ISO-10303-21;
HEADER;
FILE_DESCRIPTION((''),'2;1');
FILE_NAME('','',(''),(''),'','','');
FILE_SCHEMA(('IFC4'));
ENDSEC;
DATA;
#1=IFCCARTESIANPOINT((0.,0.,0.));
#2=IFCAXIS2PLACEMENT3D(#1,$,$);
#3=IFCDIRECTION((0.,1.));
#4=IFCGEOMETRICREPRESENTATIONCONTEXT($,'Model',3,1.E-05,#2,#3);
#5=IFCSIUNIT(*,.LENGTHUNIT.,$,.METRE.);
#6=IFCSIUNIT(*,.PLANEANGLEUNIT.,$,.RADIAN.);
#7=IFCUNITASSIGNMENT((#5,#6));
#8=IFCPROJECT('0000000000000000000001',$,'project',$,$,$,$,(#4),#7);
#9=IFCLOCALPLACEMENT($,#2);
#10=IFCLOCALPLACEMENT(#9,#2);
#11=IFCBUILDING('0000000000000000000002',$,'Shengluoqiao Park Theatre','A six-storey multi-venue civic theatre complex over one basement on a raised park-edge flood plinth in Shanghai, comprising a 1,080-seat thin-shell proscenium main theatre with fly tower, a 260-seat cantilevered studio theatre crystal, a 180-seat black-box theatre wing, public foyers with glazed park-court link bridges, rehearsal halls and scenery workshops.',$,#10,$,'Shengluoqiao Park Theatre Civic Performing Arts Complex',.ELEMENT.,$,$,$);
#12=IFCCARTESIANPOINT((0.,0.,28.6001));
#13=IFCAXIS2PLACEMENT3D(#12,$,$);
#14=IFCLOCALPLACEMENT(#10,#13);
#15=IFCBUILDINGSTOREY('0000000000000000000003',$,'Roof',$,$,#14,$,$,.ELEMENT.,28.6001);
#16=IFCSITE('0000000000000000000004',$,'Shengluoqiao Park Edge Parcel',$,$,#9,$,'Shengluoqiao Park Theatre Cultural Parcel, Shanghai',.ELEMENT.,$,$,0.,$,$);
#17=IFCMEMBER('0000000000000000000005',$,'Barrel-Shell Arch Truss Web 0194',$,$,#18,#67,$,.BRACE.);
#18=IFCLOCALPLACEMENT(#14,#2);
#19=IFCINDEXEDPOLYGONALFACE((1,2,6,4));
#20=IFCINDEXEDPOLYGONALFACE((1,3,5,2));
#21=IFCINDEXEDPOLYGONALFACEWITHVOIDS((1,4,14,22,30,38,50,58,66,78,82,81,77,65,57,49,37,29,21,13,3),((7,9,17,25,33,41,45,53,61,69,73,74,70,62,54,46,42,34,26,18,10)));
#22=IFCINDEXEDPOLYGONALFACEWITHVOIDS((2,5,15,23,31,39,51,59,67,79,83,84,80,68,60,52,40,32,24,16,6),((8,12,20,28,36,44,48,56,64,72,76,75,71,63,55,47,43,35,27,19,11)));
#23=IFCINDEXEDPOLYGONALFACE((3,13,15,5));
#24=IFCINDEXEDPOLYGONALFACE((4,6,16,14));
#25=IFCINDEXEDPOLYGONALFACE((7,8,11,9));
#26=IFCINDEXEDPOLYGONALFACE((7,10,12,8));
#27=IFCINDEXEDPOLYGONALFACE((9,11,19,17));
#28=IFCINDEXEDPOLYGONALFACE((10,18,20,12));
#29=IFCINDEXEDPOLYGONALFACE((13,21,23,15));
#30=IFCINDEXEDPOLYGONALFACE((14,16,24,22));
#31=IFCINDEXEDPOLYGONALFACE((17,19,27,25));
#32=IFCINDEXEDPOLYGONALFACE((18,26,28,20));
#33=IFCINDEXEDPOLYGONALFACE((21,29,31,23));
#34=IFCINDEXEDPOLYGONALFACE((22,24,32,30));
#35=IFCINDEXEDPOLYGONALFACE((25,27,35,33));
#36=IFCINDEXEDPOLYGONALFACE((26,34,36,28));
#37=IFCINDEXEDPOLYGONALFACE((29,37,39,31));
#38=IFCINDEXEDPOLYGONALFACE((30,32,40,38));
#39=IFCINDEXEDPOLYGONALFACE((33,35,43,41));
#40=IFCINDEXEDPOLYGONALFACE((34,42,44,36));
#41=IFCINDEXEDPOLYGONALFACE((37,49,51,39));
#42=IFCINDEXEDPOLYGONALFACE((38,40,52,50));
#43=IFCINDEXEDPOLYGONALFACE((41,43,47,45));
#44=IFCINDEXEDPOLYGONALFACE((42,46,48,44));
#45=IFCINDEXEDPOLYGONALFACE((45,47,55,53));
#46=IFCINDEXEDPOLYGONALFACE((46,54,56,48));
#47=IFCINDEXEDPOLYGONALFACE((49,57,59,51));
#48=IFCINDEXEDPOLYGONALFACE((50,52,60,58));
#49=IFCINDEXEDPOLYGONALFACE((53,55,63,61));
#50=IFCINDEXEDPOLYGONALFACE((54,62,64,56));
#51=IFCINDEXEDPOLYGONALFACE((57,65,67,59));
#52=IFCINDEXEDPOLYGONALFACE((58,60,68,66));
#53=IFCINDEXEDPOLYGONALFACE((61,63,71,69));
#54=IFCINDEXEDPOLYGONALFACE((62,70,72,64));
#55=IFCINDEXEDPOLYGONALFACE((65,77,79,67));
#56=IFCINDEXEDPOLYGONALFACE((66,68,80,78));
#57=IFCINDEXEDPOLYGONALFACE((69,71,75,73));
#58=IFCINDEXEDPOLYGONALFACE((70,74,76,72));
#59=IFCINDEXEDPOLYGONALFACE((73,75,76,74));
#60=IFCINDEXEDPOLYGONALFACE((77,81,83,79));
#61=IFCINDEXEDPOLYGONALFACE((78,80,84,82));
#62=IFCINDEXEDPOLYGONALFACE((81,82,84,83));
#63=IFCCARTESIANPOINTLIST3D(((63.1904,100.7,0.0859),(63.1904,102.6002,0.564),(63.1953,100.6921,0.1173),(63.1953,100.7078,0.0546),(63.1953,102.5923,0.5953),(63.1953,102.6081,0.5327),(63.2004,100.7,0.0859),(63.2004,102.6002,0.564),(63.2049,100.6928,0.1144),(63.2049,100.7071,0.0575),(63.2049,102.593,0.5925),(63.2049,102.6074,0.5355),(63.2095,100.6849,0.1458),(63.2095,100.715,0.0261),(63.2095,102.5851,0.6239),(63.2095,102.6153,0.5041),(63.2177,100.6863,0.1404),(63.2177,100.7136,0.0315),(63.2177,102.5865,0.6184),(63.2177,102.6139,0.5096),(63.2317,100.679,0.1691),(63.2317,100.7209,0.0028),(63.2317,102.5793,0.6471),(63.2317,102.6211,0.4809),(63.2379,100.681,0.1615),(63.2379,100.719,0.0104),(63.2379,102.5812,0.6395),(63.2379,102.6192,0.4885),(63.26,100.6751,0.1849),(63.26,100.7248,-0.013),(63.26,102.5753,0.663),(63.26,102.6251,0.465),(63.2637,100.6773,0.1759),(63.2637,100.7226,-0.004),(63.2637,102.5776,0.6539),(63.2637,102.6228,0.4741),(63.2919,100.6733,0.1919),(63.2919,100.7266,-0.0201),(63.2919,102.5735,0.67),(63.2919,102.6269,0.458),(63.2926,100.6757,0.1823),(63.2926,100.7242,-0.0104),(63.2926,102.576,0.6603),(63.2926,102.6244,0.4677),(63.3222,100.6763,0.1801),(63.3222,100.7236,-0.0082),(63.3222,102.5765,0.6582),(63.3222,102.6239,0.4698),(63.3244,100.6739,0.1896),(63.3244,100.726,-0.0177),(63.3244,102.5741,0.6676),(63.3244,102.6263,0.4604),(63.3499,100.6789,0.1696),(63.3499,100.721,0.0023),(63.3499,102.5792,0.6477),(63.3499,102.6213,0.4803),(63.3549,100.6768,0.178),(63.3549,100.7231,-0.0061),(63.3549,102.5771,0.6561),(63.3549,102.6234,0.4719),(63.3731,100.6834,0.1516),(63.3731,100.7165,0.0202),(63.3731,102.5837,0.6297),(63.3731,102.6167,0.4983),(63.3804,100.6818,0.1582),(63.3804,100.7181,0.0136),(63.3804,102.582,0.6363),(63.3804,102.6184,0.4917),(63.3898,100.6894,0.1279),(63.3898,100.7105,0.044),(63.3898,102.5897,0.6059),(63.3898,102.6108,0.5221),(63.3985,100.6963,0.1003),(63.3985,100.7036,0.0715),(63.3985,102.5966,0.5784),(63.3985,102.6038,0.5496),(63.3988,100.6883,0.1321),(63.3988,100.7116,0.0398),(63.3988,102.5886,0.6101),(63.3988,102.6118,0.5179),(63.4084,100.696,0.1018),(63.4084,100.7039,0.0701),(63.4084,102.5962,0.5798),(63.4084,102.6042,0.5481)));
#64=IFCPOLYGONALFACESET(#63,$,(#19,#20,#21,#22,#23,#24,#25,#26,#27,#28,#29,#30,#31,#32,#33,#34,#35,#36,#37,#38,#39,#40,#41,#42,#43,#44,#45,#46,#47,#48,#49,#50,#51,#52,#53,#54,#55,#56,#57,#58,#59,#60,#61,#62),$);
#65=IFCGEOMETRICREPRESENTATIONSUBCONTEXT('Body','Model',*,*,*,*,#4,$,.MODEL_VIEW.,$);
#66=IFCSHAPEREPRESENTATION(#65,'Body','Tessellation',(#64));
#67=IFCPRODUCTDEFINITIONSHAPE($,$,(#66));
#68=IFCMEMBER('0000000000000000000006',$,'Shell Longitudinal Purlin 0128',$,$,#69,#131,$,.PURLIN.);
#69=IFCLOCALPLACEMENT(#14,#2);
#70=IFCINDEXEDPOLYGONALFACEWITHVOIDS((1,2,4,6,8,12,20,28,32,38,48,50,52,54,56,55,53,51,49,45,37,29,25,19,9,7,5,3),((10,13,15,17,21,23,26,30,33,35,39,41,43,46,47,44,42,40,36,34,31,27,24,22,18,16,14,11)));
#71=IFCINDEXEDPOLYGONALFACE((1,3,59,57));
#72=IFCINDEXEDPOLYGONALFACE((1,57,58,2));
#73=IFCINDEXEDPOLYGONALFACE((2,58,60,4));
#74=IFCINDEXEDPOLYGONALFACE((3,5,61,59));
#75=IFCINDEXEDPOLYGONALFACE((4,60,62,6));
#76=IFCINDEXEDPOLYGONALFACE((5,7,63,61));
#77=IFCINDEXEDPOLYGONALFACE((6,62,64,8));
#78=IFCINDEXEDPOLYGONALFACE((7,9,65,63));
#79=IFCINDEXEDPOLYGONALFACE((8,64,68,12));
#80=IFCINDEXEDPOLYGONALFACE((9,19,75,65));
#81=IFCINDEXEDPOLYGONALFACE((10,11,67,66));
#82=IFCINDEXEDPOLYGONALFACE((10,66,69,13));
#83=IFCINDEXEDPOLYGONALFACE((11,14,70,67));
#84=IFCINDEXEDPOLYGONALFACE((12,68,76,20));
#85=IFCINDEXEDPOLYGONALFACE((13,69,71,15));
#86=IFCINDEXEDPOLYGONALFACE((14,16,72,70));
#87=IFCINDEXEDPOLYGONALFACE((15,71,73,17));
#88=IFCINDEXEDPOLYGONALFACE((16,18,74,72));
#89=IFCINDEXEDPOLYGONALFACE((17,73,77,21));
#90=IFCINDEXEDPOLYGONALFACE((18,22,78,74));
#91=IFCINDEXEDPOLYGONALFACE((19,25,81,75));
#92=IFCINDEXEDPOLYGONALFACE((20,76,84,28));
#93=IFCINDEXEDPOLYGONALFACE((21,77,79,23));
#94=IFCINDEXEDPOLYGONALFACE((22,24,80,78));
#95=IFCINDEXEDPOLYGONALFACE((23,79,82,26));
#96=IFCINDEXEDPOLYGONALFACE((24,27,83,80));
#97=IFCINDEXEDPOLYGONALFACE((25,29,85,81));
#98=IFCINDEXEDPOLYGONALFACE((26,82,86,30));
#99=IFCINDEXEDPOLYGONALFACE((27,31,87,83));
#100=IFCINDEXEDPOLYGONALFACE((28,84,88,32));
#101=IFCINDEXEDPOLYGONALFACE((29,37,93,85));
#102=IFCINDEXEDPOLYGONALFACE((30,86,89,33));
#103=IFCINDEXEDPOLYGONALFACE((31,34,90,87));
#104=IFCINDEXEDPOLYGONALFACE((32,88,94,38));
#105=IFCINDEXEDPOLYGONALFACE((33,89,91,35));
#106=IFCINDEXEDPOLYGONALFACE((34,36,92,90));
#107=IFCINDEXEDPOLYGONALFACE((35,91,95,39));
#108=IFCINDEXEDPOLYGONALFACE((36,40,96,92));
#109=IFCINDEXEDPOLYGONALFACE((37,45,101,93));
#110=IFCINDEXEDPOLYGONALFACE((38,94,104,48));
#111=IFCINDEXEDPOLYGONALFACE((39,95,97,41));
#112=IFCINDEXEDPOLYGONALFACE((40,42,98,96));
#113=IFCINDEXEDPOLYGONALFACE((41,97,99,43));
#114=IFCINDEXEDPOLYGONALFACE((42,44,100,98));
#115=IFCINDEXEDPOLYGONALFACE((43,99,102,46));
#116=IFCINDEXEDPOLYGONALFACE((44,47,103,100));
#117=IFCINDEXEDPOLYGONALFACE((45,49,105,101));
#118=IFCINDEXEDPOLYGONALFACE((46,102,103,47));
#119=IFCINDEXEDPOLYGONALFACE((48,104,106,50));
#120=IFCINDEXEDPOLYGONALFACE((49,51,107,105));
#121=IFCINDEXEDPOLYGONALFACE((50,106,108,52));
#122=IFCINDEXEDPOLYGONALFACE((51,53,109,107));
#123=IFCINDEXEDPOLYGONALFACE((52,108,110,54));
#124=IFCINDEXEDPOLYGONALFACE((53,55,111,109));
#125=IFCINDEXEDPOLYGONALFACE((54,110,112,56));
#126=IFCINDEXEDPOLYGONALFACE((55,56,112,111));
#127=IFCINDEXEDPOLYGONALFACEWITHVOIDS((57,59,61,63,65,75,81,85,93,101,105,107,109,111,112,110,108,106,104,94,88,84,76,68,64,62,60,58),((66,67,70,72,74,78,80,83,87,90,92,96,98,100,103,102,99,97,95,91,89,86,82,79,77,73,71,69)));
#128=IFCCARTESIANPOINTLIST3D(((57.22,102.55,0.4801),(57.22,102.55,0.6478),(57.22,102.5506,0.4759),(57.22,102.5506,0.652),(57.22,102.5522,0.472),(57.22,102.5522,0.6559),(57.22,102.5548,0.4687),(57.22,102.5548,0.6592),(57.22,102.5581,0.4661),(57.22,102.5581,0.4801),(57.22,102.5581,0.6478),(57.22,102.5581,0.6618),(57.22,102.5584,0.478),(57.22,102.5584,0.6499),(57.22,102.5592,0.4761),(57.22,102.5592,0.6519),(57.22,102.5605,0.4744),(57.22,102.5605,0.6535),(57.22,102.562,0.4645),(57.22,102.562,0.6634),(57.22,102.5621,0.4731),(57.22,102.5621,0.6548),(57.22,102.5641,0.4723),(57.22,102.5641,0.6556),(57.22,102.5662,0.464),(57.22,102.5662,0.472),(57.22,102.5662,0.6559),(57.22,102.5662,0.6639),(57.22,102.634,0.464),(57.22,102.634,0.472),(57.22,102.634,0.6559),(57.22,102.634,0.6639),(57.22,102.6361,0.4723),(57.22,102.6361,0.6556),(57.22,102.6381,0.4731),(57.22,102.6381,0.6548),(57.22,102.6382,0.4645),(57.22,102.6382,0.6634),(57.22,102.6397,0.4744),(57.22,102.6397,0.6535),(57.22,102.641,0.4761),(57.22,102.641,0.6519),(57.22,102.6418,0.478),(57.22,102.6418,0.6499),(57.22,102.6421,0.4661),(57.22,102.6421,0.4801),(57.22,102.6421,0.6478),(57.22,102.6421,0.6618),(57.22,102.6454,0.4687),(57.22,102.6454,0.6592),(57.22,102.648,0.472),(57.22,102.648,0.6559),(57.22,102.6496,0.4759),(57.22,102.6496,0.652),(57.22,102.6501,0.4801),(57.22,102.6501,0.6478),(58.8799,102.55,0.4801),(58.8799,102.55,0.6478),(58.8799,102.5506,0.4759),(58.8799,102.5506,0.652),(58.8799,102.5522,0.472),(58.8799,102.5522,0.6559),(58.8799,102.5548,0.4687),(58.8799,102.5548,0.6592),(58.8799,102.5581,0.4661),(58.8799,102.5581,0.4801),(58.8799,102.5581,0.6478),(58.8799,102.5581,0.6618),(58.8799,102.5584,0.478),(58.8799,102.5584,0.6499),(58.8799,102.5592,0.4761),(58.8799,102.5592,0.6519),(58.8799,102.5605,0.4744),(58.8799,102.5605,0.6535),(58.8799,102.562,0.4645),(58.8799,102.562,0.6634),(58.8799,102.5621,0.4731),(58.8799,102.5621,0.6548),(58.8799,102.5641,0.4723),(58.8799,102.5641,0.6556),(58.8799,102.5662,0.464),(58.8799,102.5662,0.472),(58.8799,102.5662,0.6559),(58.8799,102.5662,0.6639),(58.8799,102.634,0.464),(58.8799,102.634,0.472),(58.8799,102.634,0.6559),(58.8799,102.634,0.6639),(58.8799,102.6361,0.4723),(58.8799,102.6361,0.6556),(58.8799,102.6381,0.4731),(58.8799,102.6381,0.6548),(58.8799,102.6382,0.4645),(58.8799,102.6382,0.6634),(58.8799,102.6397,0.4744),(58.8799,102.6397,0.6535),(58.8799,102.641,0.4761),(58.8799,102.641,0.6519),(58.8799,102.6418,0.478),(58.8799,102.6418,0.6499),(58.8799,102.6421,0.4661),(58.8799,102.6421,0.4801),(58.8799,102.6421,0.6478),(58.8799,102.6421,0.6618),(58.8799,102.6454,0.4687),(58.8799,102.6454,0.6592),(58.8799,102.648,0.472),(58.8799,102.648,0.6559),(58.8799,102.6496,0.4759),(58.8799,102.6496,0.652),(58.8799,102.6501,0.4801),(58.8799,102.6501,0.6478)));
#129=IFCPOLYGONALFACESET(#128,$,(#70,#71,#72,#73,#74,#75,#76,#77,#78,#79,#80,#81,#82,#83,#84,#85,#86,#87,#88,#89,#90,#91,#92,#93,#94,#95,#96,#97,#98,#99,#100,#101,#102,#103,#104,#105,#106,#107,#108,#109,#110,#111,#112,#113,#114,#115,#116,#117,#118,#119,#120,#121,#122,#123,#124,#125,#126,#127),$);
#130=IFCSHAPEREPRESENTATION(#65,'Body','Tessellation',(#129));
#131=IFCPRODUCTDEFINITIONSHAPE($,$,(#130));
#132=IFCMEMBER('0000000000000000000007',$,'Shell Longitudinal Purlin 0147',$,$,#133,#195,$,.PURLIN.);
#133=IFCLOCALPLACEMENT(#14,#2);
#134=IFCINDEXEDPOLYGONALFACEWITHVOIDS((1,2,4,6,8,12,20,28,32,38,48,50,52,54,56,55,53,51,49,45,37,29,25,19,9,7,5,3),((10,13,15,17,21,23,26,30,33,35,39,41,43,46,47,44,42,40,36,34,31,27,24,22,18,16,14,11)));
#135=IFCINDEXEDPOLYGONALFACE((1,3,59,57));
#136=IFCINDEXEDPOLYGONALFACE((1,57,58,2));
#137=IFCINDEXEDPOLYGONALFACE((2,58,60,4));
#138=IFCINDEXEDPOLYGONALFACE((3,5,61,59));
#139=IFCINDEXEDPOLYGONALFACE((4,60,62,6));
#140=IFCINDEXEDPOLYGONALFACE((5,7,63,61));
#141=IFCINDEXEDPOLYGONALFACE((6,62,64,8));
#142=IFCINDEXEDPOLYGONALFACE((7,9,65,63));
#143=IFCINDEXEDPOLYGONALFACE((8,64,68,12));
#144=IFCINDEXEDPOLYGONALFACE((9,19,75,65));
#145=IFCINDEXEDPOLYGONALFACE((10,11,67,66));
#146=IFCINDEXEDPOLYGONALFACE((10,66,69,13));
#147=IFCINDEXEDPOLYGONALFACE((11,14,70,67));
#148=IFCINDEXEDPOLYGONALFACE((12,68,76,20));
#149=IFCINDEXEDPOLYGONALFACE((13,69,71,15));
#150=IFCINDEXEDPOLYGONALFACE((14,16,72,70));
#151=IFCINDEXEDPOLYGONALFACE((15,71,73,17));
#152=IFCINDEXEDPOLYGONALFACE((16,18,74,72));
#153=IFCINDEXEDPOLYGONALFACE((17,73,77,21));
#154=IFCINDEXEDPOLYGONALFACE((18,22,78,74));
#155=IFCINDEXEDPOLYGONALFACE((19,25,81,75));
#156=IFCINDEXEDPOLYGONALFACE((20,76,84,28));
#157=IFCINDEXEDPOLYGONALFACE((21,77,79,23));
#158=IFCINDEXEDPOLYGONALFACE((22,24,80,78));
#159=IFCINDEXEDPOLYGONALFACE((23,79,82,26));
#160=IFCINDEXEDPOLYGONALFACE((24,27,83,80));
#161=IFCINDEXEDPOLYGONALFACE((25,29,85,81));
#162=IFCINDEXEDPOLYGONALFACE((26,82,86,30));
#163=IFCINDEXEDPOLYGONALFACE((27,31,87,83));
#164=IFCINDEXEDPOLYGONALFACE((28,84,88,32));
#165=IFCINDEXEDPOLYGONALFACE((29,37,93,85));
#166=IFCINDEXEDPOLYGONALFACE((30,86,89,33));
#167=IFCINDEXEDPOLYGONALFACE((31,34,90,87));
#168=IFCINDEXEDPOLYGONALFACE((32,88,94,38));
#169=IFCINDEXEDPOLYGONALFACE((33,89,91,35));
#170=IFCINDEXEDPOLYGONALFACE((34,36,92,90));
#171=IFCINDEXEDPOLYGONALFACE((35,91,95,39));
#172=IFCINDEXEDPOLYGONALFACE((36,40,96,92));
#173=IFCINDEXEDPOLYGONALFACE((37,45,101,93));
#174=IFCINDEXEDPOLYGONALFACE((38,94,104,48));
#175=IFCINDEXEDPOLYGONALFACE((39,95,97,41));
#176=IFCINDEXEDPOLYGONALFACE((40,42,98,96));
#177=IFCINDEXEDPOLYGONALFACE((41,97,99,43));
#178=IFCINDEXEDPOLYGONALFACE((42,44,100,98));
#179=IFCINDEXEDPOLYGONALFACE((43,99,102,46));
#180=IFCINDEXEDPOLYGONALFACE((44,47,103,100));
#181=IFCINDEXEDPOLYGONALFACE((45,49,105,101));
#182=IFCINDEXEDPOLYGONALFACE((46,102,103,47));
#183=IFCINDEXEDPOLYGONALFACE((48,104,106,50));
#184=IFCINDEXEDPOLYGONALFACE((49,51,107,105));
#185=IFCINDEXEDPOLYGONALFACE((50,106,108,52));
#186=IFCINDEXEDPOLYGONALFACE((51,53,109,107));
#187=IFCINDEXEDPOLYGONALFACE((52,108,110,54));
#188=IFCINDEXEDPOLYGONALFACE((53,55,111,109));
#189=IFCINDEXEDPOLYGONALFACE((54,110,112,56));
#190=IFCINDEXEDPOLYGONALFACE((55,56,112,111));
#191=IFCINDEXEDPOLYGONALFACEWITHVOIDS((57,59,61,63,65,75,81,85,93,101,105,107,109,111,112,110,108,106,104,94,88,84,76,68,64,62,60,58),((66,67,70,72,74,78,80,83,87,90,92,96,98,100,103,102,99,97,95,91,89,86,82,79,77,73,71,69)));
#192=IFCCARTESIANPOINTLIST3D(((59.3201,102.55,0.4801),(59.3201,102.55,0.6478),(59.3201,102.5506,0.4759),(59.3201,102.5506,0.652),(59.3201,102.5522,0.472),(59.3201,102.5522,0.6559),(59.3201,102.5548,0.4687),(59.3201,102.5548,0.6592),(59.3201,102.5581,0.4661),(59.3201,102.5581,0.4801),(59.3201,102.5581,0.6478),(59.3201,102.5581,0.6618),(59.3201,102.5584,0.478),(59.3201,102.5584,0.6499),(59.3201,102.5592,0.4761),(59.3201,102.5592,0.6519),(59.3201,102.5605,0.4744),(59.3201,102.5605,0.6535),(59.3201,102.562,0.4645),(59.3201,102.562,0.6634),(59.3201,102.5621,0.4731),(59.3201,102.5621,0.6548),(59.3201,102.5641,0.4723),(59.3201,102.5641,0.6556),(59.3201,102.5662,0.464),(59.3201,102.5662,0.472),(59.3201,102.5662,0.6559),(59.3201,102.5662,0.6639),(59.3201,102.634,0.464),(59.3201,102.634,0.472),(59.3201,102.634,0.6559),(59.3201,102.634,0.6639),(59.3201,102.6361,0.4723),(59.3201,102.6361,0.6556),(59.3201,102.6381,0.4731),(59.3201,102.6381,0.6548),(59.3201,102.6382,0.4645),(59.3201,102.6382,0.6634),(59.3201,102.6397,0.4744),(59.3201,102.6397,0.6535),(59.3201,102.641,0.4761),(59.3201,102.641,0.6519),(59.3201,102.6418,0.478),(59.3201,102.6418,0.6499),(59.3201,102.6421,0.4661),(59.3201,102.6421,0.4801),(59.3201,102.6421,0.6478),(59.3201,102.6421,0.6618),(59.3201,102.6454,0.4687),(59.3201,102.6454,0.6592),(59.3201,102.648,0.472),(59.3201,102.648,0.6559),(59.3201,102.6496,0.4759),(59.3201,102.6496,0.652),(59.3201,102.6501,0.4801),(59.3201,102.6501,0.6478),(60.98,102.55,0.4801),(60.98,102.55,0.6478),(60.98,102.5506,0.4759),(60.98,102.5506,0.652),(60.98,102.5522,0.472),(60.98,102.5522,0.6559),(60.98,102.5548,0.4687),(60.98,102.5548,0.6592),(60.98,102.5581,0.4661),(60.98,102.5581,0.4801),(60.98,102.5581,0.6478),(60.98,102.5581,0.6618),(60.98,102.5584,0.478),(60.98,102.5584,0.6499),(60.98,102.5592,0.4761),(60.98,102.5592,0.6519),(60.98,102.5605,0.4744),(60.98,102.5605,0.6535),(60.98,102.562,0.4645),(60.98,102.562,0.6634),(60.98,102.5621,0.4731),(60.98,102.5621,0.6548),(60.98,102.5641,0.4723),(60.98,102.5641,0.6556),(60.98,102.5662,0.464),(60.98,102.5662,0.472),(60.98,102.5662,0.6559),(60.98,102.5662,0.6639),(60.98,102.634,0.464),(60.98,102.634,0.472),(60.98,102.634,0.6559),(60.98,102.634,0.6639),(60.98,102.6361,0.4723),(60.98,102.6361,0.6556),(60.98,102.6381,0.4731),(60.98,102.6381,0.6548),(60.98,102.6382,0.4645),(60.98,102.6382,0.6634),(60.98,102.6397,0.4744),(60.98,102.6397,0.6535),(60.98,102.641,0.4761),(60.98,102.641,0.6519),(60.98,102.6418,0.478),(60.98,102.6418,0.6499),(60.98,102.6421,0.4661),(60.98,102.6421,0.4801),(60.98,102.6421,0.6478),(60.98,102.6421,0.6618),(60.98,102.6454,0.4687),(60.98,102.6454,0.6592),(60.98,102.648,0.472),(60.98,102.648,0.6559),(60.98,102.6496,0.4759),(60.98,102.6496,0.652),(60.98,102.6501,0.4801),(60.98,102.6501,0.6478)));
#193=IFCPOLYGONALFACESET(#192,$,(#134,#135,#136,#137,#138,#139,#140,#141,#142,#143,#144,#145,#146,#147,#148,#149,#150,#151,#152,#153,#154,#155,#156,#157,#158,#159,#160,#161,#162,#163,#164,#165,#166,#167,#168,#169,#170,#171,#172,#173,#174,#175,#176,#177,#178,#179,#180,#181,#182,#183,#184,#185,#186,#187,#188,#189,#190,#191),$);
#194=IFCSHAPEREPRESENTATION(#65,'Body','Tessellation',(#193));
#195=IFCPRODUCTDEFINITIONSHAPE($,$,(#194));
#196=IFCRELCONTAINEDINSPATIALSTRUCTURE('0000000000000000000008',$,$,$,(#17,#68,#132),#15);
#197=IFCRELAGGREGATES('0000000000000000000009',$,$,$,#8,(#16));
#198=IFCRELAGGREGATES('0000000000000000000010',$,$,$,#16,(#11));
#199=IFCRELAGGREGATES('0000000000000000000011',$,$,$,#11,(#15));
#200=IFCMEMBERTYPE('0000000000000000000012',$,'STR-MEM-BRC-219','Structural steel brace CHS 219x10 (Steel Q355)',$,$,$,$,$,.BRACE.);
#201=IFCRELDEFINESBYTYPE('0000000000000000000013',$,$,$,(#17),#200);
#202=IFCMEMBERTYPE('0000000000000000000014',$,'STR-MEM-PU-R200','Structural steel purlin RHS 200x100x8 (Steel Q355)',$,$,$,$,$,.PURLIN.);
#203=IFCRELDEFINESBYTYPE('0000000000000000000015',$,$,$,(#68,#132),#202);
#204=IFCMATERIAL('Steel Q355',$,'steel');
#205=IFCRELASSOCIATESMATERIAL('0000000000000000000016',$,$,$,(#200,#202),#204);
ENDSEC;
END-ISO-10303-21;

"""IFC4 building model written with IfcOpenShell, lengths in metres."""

from ifc_helpers import new_model, si_unit, direction, frame, origin, origin_2d, place, context, subcontext, project, spatial, hollow_rectangle, hollow_circle, extrude, material, material_profile, profile_set, type_object, element, save


model = new_model("IFC4")

# Units and contexts
model_context = context("Model", 3, precision=1e-05, world=origin(), true_north=direction((0.0, 1.0)))
body_context = subcontext(model_context, "Body", "Model", "MODEL_VIEW")
ifc_project = project(units=[si_unit("LENGTHUNIT", "METRE"), si_unit("PLANEANGLEUNIT", "RADIAN")], contexts=[model_context])

# Site, building, storey
site_placement = place(None, origin())
site = spatial("IfcSite", under=ifc_project, at=site_placement, Name="Shengluoqiao Park Edge Parcel", LongName="Shengluoqiao Park Theatre Cultural Parcel, Shanghai", CompositionType="ELEMENT", RefElevation=0.0)
building_placement = place(site_placement, origin())
building = spatial("IfcBuilding", under=site, at=building_placement, Name="Shengluoqiao Park Theatre", Description="A six-storey multi-venue civic theatre complex over one basement on a raised park-edge flood plinth in Shanghai, comprising a 1,080-seat thin-shell proscenium main theatre with fly tower, a 260-seat cantilevered studio theatre crystal, a 180-seat black-box theatre wing, public foyers with glazed park-court link bridges, rehearsal halls and scenery workshops.", LongName="Shengluoqiao Park Theatre Civic Performing Arts Complex", CompositionType="ELEMENT")
storey_placement = place(building_placement, frame((0.0, 0.0, 28.6001)))
storey = spatial("IfcBuildingStorey", under=building, at=storey_placement, Name="Roof", CompositionType="ELEMENT", Elevation=28.6001)

# Shared definitions
ifc_material_1 = material(Name="Steel Q355", Category="steel")

# Members
ifc_material_profile_1 = material_profile(ifc_material_1, hollow_circle(Radius=0.1096, WallThickness=0.01, at=origin_2d()), Name="CHS 219x10")
ifc_profile_set_1 = profile_set([ifc_material_profile_1], Name="Steel Q355")
member_type_1 = type_object("IfcMemberType", Name="STR-MEM-BRC-219", Description="Structural steel brace CHS 219x10 (Steel Q355)", PredefinedType="BRACE", material=ifc_profile_set_1)
member_1_placement = place(storey_placement, frame((63.3, 100.7, 0.0859), z_axis=(0.0, 0.969782, 0.243972), x_axis=(-1.0, 0.0, 0.0)))
element("IfcMember", 1, at=member_1_placement, inside=storey, type_object=member_type_1, Name="Barrel-Shell Arch Truss Web 0194", PredefinedType="BRACE", context=body_context, shape_type="SweptSolid", body=[
    extrude(hollow_circle(Radius=0.1096, WallThickness=0.01, at=origin_2d()), origin(), (0.0, 0.0, 1.0), 1.9595),
])
ifc_material_profile_2 = material_profile(ifc_material_1, hollow_rectangle(XDim=0.1001, YDim=0.2, WallThickness=0.0081, InnerFilletRadius=0.0081, OuterFilletRadius=0.0161, at=origin_2d()), Name="RHS 200x100x8")
ifc_profile_set_2 = profile_set([ifc_material_profile_2], Name="Steel Q355")
member_type_2 = type_object("IfcMemberType", Name="STR-MEM-PU-R200", Description="Structural steel purlin RHS 200x100x8 (Steel Q355)", PredefinedType="PURLIN", material=ifc_profile_set_2)
for number, where, z_axis, x_axis, name in (
    (2, (57.22, 102.6001, 0.564), (1.0, 0.0, 0.0), (0.0, 1.0, 0.0), "Shell Longitudinal Purlin 0128"),
    (3, (59.3201, 102.6001, 0.564), (1.0, 0.0, 0.0), (0.0, 1.0, 0.0), "Shell Longitudinal Purlin 0147"),
):
    element("IfcMember", number, at=place(storey_placement, frame(where, z_axis=z_axis, x_axis=x_axis)), inside=storey, type_object=member_type_2, Name=name, PredefinedType="PURLIN", context=body_context, shape_type="SweptSolid", body=[
        extrude(hollow_rectangle(XDim=0.1001, YDim=0.2, WallThickness=0.0081, InnerFilletRadius=0.0081, OuterFilletRadius=0.0161, at=origin_2d()), origin(), (0.0, 0.0, 1.0), 1.6599),
    ])

save(model, "model.ifc")
